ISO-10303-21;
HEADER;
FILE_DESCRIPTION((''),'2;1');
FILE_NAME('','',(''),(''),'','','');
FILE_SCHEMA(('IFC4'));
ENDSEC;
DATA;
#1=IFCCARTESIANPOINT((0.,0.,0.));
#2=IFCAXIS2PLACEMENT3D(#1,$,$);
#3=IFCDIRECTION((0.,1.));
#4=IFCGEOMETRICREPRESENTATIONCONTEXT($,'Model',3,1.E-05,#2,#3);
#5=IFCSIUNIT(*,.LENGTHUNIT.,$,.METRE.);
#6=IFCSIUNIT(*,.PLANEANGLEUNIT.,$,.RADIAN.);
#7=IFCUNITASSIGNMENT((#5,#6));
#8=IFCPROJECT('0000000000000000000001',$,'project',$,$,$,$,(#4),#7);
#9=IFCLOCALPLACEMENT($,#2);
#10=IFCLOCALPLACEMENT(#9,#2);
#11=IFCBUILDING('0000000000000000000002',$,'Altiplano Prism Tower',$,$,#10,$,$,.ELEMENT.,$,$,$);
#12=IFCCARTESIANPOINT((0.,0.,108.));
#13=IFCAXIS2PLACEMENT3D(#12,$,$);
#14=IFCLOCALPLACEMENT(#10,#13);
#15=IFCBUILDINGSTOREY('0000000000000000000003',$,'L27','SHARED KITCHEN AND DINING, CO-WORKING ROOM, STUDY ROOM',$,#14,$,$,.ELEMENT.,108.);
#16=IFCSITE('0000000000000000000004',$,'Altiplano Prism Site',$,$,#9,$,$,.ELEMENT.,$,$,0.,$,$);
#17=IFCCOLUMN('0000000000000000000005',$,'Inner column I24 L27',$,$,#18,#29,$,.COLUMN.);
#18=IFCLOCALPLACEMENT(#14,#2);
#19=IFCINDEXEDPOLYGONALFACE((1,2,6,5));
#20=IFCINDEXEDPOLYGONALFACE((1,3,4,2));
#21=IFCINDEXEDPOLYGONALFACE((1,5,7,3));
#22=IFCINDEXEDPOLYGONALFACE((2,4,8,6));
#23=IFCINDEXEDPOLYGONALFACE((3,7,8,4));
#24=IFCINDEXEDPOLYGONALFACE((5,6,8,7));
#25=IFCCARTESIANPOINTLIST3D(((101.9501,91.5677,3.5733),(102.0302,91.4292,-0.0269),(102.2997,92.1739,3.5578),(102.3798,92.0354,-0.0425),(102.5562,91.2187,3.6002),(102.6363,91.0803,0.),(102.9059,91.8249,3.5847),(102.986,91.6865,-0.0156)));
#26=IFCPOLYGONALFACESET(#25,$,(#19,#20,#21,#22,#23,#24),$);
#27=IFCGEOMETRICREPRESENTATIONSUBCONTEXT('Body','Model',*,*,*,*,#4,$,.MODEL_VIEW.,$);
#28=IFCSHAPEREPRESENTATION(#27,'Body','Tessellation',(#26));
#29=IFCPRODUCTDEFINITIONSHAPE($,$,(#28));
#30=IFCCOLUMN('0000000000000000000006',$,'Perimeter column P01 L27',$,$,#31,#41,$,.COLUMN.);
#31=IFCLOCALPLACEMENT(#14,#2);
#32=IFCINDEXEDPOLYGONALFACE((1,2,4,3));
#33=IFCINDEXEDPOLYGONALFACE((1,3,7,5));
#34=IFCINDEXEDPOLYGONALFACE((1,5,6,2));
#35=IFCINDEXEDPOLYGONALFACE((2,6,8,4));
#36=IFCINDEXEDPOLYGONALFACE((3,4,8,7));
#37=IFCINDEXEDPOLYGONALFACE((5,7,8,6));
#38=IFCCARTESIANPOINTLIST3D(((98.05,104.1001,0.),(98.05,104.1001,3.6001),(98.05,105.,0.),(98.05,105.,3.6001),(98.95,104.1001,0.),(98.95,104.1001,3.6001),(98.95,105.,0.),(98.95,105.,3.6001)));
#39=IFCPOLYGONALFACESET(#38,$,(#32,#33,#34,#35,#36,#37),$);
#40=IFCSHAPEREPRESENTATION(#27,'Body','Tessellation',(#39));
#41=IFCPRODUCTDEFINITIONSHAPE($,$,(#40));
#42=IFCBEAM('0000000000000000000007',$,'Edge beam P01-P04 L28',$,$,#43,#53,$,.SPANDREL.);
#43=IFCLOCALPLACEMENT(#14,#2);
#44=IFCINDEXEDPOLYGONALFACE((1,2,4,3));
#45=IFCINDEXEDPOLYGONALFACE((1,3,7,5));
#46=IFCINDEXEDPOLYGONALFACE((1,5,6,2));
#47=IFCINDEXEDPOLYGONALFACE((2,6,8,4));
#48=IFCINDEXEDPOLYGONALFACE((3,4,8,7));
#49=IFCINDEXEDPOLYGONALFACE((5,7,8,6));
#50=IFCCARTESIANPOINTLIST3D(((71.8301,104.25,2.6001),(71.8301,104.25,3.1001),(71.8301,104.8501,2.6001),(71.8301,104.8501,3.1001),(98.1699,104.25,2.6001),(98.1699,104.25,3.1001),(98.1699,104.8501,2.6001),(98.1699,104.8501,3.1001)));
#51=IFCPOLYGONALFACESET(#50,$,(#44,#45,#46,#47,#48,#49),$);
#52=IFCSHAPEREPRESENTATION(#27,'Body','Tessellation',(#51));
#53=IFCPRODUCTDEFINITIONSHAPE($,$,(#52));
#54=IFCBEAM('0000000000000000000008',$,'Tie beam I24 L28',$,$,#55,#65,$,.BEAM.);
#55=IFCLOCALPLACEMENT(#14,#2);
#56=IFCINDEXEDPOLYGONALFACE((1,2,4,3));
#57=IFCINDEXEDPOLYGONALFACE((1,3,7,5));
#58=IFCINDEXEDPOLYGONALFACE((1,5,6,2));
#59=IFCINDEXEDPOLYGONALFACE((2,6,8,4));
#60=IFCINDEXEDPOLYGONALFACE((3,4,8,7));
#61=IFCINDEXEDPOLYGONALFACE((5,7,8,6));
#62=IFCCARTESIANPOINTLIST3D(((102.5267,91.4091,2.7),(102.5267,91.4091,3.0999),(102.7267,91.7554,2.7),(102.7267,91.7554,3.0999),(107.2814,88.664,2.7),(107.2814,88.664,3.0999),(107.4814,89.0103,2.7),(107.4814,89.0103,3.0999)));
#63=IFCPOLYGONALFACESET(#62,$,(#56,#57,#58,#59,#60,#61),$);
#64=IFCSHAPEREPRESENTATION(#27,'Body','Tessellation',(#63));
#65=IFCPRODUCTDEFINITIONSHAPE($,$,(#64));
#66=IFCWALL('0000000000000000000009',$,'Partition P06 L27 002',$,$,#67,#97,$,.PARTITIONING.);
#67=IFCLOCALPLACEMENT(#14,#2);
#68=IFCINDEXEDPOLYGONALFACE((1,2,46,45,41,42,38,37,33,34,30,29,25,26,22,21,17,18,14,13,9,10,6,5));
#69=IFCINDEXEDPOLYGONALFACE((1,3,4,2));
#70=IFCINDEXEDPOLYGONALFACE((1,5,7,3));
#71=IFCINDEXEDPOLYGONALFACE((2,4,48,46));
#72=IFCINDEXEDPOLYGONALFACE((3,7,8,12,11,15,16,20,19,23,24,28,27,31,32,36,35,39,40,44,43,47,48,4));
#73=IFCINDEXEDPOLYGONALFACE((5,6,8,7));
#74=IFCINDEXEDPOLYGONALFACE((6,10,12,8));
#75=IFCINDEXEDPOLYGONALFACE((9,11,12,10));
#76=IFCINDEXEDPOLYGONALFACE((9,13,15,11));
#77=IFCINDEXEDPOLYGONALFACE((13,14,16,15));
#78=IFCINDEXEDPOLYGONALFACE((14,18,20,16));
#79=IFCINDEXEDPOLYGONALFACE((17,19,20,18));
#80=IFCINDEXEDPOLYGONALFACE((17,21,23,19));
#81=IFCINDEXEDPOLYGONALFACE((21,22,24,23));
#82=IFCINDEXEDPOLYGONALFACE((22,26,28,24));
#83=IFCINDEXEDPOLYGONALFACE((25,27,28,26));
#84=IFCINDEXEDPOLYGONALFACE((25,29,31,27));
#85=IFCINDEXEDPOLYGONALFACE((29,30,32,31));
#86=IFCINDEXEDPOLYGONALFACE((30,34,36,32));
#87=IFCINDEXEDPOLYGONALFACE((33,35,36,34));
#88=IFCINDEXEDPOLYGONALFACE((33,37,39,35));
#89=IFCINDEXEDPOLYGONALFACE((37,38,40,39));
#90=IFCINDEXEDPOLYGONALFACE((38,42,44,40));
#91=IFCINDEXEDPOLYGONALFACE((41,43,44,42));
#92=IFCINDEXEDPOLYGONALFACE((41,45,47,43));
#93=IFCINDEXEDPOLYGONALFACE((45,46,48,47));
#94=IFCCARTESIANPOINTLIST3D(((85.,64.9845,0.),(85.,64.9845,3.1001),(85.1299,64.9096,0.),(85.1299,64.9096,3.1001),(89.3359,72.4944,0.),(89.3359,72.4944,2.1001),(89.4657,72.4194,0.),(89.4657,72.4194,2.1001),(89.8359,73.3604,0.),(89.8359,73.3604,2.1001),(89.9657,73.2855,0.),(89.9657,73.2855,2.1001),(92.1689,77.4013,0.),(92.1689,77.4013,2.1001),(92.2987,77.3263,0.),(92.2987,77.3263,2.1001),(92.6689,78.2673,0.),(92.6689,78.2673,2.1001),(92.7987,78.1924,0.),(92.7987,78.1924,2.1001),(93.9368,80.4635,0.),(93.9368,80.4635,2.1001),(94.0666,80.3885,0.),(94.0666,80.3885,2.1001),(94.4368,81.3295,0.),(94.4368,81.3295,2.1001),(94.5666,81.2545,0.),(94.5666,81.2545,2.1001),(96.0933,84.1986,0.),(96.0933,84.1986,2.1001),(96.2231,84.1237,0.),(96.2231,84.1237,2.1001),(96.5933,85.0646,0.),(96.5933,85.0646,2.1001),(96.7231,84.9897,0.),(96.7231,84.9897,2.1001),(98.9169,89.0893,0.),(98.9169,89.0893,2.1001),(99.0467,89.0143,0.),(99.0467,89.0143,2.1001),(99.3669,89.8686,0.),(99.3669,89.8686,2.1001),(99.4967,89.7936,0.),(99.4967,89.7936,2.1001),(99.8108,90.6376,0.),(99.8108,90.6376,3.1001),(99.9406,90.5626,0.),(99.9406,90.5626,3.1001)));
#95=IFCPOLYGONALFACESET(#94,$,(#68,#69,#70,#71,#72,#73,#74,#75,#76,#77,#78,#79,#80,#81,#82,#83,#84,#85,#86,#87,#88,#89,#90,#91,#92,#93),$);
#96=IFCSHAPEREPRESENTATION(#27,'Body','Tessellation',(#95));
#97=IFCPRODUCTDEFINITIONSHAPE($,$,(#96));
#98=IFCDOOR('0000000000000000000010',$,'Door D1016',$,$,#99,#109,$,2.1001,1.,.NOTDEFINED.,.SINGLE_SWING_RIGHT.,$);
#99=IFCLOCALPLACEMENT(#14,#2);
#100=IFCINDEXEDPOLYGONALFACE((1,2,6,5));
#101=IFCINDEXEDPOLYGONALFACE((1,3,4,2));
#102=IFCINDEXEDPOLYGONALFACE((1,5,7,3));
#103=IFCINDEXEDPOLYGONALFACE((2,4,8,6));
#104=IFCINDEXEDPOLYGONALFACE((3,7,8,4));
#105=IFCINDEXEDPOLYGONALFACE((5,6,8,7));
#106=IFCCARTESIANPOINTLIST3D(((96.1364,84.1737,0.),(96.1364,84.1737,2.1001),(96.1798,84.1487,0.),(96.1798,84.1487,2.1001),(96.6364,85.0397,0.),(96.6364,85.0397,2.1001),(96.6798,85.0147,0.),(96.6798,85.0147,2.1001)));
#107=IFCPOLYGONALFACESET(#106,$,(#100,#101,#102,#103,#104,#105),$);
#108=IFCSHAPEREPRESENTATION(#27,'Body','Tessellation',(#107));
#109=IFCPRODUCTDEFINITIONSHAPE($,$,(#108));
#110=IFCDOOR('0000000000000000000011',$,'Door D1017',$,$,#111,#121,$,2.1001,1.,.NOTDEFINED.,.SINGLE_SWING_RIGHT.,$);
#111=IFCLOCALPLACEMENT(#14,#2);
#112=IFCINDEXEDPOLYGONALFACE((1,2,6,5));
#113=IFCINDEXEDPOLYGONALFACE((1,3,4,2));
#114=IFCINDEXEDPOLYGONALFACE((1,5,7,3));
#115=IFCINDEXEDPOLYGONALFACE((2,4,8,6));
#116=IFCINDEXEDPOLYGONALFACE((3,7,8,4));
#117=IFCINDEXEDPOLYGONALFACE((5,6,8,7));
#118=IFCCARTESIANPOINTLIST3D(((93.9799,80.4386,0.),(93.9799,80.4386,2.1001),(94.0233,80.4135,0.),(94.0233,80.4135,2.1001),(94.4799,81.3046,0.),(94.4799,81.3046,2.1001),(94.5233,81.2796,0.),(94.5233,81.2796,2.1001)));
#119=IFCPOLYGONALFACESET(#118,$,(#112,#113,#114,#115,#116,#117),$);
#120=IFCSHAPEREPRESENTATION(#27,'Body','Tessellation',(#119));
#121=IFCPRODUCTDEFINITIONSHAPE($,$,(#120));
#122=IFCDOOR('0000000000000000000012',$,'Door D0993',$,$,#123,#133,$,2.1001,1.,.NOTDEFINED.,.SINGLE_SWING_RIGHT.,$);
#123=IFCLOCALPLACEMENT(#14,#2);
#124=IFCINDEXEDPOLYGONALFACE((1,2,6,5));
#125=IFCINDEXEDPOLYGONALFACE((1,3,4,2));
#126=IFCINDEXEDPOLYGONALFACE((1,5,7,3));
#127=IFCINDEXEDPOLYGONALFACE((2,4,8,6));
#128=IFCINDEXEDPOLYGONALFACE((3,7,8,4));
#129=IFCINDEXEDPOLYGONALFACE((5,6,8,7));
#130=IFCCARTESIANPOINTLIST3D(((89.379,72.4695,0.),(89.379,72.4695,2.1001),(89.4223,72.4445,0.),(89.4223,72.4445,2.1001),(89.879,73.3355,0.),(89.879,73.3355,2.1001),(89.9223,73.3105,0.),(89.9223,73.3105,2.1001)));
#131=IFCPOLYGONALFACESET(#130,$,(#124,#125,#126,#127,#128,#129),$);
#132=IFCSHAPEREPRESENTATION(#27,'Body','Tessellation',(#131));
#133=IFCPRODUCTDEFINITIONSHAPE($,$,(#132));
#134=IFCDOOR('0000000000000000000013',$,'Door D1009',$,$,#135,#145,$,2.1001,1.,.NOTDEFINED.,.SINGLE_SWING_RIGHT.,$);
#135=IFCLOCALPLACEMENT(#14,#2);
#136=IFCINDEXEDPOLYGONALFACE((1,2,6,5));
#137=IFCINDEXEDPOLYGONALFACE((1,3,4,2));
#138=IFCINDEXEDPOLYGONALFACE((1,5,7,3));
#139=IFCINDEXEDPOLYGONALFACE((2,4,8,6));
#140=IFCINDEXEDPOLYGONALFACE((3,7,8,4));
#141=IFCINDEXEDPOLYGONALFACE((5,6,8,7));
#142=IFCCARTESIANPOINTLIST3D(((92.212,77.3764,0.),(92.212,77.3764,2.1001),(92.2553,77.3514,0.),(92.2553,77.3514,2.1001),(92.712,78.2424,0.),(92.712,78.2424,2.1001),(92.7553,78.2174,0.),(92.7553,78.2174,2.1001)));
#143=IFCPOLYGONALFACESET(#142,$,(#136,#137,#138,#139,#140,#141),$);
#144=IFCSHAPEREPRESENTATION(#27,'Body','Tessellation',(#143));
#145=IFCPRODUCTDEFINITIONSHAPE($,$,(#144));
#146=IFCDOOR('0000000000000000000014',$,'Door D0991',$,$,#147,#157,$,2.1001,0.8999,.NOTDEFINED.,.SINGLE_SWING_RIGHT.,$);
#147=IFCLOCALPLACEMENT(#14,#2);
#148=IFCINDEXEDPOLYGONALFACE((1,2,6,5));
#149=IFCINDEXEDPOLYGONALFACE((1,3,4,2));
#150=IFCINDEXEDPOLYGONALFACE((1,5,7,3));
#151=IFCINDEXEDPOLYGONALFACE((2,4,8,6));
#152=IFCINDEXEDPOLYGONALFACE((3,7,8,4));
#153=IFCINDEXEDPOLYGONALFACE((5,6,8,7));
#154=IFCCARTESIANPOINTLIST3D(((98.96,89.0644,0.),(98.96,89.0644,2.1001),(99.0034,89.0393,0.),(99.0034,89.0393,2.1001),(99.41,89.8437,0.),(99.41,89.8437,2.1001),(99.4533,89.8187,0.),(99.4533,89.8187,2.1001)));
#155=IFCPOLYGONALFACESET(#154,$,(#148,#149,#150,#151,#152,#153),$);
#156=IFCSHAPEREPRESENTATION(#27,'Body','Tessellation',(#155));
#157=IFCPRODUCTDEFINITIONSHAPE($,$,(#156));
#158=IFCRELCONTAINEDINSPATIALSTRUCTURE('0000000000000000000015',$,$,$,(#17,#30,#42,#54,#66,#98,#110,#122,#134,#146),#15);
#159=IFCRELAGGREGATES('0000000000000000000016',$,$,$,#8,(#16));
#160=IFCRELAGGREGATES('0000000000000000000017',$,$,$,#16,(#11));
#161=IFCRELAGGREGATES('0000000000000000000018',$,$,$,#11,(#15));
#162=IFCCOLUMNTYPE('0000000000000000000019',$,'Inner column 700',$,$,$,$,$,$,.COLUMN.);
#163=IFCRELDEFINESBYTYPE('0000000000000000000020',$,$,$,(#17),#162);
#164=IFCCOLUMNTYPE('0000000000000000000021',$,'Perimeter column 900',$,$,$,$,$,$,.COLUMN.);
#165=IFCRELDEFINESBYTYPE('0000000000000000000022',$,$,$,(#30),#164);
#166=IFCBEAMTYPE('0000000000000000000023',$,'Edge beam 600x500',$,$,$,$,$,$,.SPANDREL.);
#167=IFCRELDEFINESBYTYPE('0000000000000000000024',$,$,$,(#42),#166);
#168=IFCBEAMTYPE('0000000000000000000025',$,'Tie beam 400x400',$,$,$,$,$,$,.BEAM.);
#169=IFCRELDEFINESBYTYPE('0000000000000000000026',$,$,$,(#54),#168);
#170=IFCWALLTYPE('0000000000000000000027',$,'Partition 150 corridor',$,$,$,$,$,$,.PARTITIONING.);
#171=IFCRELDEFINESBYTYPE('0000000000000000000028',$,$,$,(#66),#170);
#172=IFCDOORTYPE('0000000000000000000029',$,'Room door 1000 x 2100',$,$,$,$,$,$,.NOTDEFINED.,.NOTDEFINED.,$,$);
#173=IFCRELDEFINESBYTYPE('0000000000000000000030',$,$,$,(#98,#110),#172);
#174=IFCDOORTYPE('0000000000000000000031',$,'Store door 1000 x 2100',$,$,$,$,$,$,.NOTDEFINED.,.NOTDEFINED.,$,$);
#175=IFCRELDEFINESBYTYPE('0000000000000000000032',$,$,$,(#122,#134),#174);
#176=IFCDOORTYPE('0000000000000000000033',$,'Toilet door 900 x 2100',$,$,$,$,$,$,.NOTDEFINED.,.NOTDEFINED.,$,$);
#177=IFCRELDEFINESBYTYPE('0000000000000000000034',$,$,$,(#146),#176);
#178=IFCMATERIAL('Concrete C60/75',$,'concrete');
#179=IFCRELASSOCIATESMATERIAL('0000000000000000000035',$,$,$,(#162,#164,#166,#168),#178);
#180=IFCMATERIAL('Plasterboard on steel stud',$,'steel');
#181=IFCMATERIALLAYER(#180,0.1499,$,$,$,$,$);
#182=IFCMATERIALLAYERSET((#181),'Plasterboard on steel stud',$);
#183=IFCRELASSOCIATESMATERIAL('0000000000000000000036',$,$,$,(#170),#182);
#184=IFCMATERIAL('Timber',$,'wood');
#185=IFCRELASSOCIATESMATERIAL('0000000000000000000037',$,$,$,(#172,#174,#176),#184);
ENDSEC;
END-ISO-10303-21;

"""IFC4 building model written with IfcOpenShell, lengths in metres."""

from ifc_helpers import new_model, si_unit, direction, frame, frame_2d, origin, origin_2d, place, context, subcontext, project, spatial, rectangle, extrude, material, layer, layer_set, material_profile, profile_set, type_object, element, fill, save


model = new_model("IFC4")

# Units and contexts
model_context = context("Model", 3, precision=1e-05, world=origin(), true_north=direction((0.0, 1.0)))
body_context = subcontext(model_context, "Body", "Model", "MODEL_VIEW")
ifc_project = project(units=[si_unit("LENGTHUNIT", "METRE"), si_unit("PLANEANGLEUNIT", "RADIAN")], contexts=[model_context])

# Site, building, storey
site_placement = place(None, origin())
site = spatial("IfcSite", under=ifc_project, at=site_placement, Name="Altiplano Prism Site", CompositionType="ELEMENT", RefElevation=0.0)
building_placement = place(site_placement, origin())
building = spatial("IfcBuilding", under=site, at=building_placement, Name="Altiplano Prism Tower", CompositionType="ELEMENT")
storey_placement = place(building_placement, frame((0.0, 0.0, 108.0)))
storey = spatial("IfcBuildingStorey", under=building, at=storey_placement, Name="L27", Description="SHARED KITCHEN AND DINING, CO-WORKING ROOM, STUDY ROOM", CompositionType="ELEMENT", Elevation=108.0)

# Columns
ifc_material_1 = material(Name="Concrete C60/75", Category="concrete")
ifc_material_profile_1 = material_profile(ifc_material_1, rectangle(XDim=0.7, YDim=0.7, at=origin_2d()), Name="Inner column 700")
ifc_profile_set_1 = profile_set([ifc_material_profile_1], Name="Concrete C60/75")
column_type_1 = type_object("IfcColumnType", Name="Inner column 700", PredefinedType="COLUMN", material=ifc_profile_set_1)
column_1_placement = place(storey_placement, frame((102.5081, 91.5579, -0.0212), z_axis=(-0.022221, 0.038413, 0.999015), x_axis=(-0.499508, -0.866025, 0.022189)))
element("IfcColumn", 1, at=column_1_placement, inside=storey, type_object=column_type_1, Name="Inner column I24 L27", PredefinedType="COLUMN", context=body_context, shape_type="SweptSolid", body=[
    extrude(rectangle(XDim=0.7, YDim=0.7, at=origin_2d()), origin(), (0.0, 0.0, 1.0), 3.6038),
])
ifc_material_profile_2 = material_profile(ifc_material_1, rectangle(XDim=0.8999, YDim=0.8999, at=origin_2d()), Name="Perimeter column 900")
ifc_profile_set_2 = profile_set([ifc_material_profile_2], Name="Concrete C60/75")
column_type_2 = type_object("IfcColumnType", Name="Perimeter column 900", PredefinedType="COLUMN", material=ifc_profile_set_2)
column_2_placement = place(storey_placement, frame((98.5, 104.55, 0.0), z_axis=(0.0, 0.0, 1.0), x_axis=(1.0, 0.0, 0.0)))
element("IfcColumn", 2, at=column_2_placement, inside=storey, type_object=column_type_2, Name="Perimeter column P01 L27", PredefinedType="COLUMN", context=body_context, shape_type="SweptSolid", body=[
    extrude(rectangle(XDim=0.8999, YDim=0.8999, at=origin_2d()), origin(), (0.0, 0.0, 1.0), 3.6001),
])

# Beams
ifc_material_profile_3 = material_profile(ifc_material_1, rectangle(XDim=0.6001, YDim=0.5, at=origin_2d()), Name="Edge beam 600x500")
ifc_profile_set_3 = profile_set([ifc_material_profile_3], Name="Concrete C60/75")
beam_type_1 = type_object("IfcBeamType", Name="Edge beam 600x500", PredefinedType="SPANDREL", material=ifc_profile_set_3)
beam_1_placement = place(storey_placement, frame((98.1699, 104.55, 2.8501), z_axis=(-1.0, 0.0, 0.0), x_axis=(0.0, -1.0, 0.0)))
element("IfcBeam", 3, at=beam_1_placement, inside=storey, type_object=beam_type_1, Name="Edge beam P01-P04 L28", PredefinedType="SPANDREL", context=body_context, shape_type="SweptSolid", body=[
    extrude(rectangle(XDim=0.6001, YDim=0.5, at=origin_2d()), origin(), (0.0, 0.0, 1.0), 26.3398),
])
ifc_material_profile_4 = material_profile(ifc_material_1, rectangle(XDim=0.3999, YDim=0.3999, at=origin_2d()), Name="Tie beam 400x400")
ifc_profile_set_4 = profile_set([ifc_material_profile_4], Name="Concrete C60/75")
beam_type_2 = type_object("IfcBeamType", Name="Tie beam 400x400", PredefinedType="BEAM", material=ifc_profile_set_4)
beam_2_placement = place(storey_placement, frame((102.6267, 91.5823, 2.8999), z_axis=(0.866023, -0.500003, 0.0), x_axis=(0.500003, 0.866023, 0.0)))
element("IfcBeam", 4, at=beam_2_placement, inside=storey, type_object=beam_type_2, Name="Tie beam I24 L28", PredefinedType="BEAM", context=body_context, shape_type="SweptSolid", body=[
    extrude(rectangle(XDim=0.3999, YDim=0.3999, at=origin_2d()), origin(), (0.0, 0.0, 1.0), 5.4902),
])

# Wall, openings, doors
ifc_material_2 = material(Name="Plasterboard on steel stud", Category="steel")
ifc_layer = layer(ifc_material_2, 0.1499)
ifc_layer_set = layer_set([ifc_layer], Name="Plasterboard on steel stud")
wall_type = type_object("IfcWallType", Name="Partition 150 corridor", PredefinedType="PARTITIONING", material=ifc_layer_set)
wall_1_placement = place(storey_placement, frame((99.8757, 90.6001, 0.0), z_axis=(0.0, 0.0, 1.0), x_axis=(-0.5, -0.866026, 0.0)))
wall_1 = element("IfcWall", 5, at=wall_1_placement, inside=storey, type_object=wall_type, Name="Partition P06 L27 002", PredefinedType="PARTITIONING", context=body_context, shape_type="SweptSolid", body=[
    extrude(rectangle(XDim=29.6216, YDim=0.1499, at=frame_2d((14.8108, 0.0))), origin(), (0.0, 0.0, 1.0), 3.1001),
])
opening_1_placement = place(wall_1_placement, frame((0.8879, 0.0, 0.0)))
opening_1 = element("IfcOpeningElement", 6, at=opening_1_placement, cuts=wall_1, PredefinedType="OPENING", context=body_context, shape_type="SweptSolid", body=[
    extrude(rectangle(XDim=0.8999, YDim=2.1001, at=frame_2d((0.45, 1.05))), frame((0.0, 0.0854, 0.0), z_axis=(0.0, -1.0, 0.0), x_axis=(1.0, 0.0, 0.0)), (0.0, 0.0, 1.0), 0.1709),
])
opening_2_placement = place(wall_1_placement, frame((19.95, 0.0, 0.0)))
opening_2 = element("IfcOpeningElement", 7, at=opening_2_placement, cuts=wall_1, PredefinedType="OPENING", context=body_context, shape_type="SweptSolid", body=[
    extrude(rectangle(XDim=1.0, YDim=2.1001, at=frame_2d((0.5, 1.05))), frame((0.0, 0.0854, 0.0), z_axis=(0.0, -1.0, 0.0), x_axis=(1.0, 0.0, 0.0)), (0.0, 0.0, 1.0), 0.1709),
])
opening_3_placement = place(wall_1_placement, frame((14.2839, 0.0, 0.0)))
opening_3 = element("IfcOpeningElement", 8, at=opening_3_placement, cuts=wall_1, PredefinedType="OPENING", context=body_context, shape_type="SweptSolid", body=[
    extrude(rectangle(XDim=1.0, YDim=2.1001, at=frame_2d((0.5, 1.05))), frame((0.0, 0.0854, 0.0), z_axis=(0.0, -1.0, 0.0), x_axis=(1.0, 0.0, 0.0)), (0.0, 0.0, 1.0), 0.1709),
])
opening_4_placement = place(wall_1_placement, frame((6.4351, 0.0, 0.0)))
opening_4 = element("IfcOpeningElement", 9, at=opening_4_placement, cuts=wall_1, PredefinedType="OPENING", context=body_context, shape_type="SweptSolid", body=[
    extrude(rectangle(XDim=1.0, YDim=2.1001, at=frame_2d((0.5, 1.05))), frame((0.0, 0.0854, 0.0), z_axis=(0.0, -1.0, 0.0), x_axis=(1.0, 0.0, 0.0)), (0.0, 0.0, 1.0), 0.1709),
])
opening_5_placement = place(wall_1_placement, frame((10.748, 0.0, 0.0)))
opening_5 = element("IfcOpeningElement", 10, at=opening_5_placement, cuts=wall_1, PredefinedType="OPENING", context=body_context, shape_type="SweptSolid", body=[
    extrude(rectangle(XDim=1.0, YDim=2.1001, at=frame_2d((0.5, 1.05))), frame((0.0, 0.0854, 0.0), z_axis=(0.0, -1.0, 0.0), x_axis=(1.0, 0.0, 0.0)), (0.0, 0.0, 1.0), 0.1709),
])
ifc_material_3 = material(Name="Timber", Category="wood")
door_type_1 = type_object("IfcDoorType", Name="Room door 1000 x 2100", OperationType="NOTDEFINED", PredefinedType="NOTDEFINED", material=ifc_material_3)
door_1_placement = place(opening_4_placement, origin())
door_1 = element("IfcDoor", 11, at=door_1_placement, inside=storey, type_object=door_type_1, Name="Door D1016", OperationType="SINGLE_SWING_RIGHT", OverallHeight=2.1001, OverallWidth=1.0, PredefinedType="NOTDEFINED", context=body_context, shape_type="SweptSolid", body=[
    extrude(rectangle(XDim=1.0, YDim=2.1001, at=frame_2d((0.5, 1.05))), frame((0.0, 0.0249, 0.0), z_axis=(0.0, -1.0, 0.0), x_axis=(1.0, 0.0, 0.0)), (0.0, 0.0, 1.0), 0.05),
])
fill(opening_4, door_1)
door_2_placement = place(opening_5_placement, origin())
door_2 = element("IfcDoor", 12, at=door_2_placement, inside=storey, type_object=door_type_1, Name="Door D1017", OperationType="SINGLE_SWING_RIGHT", OverallHeight=2.1001, OverallWidth=1.0, PredefinedType="NOTDEFINED", context=body_context, shape_type="SweptSolid", body=[
    extrude(rectangle(XDim=1.0, YDim=2.1001, at=frame_2d((0.5, 1.05))), frame((0.0, 0.0249, 0.0), z_axis=(0.0, -1.0, 0.0), x_axis=(1.0, 0.0, 0.0)), (0.0, 0.0, 1.0), 0.05),
])
fill(opening_5, door_2)
door_type_2 = type_object("IfcDoorType", Name="Store door 1000 x 2100", OperationType="NOTDEFINED", PredefinedType="NOTDEFINED", material=ifc_material_3)
door_3_placement = place(opening_2_placement, origin())
door_3 = element("IfcDoor", 13, at=door_3_placement, inside=storey, type_object=door_type_2, Name="Door D0993", OperationType="SINGLE_SWING_RIGHT", OverallHeight=2.1001, OverallWidth=1.0, PredefinedType="NOTDEFINED", context=body_context, shape_type="SweptSolid", body=[
    extrude(rectangle(XDim=1.0, YDim=2.1001, at=frame_2d((0.5, 1.05))), frame((0.0, 0.0249, 0.0), z_axis=(0.0, -1.0, 0.0), x_axis=(1.0, 0.0, 0.0)), (0.0, 0.0, 1.0), 0.05),
])
fill(opening_2, door_3)
door_4_placement = place(opening_3_placement, origin())
door_4 = element("IfcDoor", 14, at=door_4_placement, inside=storey, type_object=door_type_2, Name="Door D1009", OperationType="SINGLE_SWING_RIGHT", OverallHeight=2.1001, OverallWidth=1.0, PredefinedType="NOTDEFINED", context=body_context, shape_type="SweptSolid", body=[
    extrude(rectangle(XDim=1.0, YDim=2.1001, at=frame_2d((0.5, 1.05))), frame((0.0, 0.0249, 0.0), z_axis=(0.0, -1.0, 0.0), x_axis=(1.0, 0.0, 0.0)), (0.0, 0.0, 1.0), 0.05),
])
fill(opening_3, door_4)
door_type_3 = type_object("IfcDoorType", Name="Toilet door 900 x 2100", OperationType="NOTDEFINED", PredefinedType="NOTDEFINED", material=ifc_material_3)
door_5_placement = place(opening_1_placement, origin())
door_5 = element("IfcDoor", 15, at=door_5_placement, inside=storey, type_object=door_type_3, Name="Door D0991", OperationType="SINGLE_SWING_RIGHT", OverallHeight=2.1001, OverallWidth=0.8999, PredefinedType="NOTDEFINED", context=body_context, shape_type="SweptSolid", body=[
    extrude(rectangle(XDim=0.8999, YDim=2.1001, at=frame_2d((0.45, 1.05))), frame((0.0, 0.0249, 0.0), z_axis=(0.0, -1.0, 0.0), x_axis=(1.0, 0.0, 0.0)), (0.0, 0.0, 1.0), 0.05),
])
fill(opening_1, door_5)

save(model, "model.ifc")
